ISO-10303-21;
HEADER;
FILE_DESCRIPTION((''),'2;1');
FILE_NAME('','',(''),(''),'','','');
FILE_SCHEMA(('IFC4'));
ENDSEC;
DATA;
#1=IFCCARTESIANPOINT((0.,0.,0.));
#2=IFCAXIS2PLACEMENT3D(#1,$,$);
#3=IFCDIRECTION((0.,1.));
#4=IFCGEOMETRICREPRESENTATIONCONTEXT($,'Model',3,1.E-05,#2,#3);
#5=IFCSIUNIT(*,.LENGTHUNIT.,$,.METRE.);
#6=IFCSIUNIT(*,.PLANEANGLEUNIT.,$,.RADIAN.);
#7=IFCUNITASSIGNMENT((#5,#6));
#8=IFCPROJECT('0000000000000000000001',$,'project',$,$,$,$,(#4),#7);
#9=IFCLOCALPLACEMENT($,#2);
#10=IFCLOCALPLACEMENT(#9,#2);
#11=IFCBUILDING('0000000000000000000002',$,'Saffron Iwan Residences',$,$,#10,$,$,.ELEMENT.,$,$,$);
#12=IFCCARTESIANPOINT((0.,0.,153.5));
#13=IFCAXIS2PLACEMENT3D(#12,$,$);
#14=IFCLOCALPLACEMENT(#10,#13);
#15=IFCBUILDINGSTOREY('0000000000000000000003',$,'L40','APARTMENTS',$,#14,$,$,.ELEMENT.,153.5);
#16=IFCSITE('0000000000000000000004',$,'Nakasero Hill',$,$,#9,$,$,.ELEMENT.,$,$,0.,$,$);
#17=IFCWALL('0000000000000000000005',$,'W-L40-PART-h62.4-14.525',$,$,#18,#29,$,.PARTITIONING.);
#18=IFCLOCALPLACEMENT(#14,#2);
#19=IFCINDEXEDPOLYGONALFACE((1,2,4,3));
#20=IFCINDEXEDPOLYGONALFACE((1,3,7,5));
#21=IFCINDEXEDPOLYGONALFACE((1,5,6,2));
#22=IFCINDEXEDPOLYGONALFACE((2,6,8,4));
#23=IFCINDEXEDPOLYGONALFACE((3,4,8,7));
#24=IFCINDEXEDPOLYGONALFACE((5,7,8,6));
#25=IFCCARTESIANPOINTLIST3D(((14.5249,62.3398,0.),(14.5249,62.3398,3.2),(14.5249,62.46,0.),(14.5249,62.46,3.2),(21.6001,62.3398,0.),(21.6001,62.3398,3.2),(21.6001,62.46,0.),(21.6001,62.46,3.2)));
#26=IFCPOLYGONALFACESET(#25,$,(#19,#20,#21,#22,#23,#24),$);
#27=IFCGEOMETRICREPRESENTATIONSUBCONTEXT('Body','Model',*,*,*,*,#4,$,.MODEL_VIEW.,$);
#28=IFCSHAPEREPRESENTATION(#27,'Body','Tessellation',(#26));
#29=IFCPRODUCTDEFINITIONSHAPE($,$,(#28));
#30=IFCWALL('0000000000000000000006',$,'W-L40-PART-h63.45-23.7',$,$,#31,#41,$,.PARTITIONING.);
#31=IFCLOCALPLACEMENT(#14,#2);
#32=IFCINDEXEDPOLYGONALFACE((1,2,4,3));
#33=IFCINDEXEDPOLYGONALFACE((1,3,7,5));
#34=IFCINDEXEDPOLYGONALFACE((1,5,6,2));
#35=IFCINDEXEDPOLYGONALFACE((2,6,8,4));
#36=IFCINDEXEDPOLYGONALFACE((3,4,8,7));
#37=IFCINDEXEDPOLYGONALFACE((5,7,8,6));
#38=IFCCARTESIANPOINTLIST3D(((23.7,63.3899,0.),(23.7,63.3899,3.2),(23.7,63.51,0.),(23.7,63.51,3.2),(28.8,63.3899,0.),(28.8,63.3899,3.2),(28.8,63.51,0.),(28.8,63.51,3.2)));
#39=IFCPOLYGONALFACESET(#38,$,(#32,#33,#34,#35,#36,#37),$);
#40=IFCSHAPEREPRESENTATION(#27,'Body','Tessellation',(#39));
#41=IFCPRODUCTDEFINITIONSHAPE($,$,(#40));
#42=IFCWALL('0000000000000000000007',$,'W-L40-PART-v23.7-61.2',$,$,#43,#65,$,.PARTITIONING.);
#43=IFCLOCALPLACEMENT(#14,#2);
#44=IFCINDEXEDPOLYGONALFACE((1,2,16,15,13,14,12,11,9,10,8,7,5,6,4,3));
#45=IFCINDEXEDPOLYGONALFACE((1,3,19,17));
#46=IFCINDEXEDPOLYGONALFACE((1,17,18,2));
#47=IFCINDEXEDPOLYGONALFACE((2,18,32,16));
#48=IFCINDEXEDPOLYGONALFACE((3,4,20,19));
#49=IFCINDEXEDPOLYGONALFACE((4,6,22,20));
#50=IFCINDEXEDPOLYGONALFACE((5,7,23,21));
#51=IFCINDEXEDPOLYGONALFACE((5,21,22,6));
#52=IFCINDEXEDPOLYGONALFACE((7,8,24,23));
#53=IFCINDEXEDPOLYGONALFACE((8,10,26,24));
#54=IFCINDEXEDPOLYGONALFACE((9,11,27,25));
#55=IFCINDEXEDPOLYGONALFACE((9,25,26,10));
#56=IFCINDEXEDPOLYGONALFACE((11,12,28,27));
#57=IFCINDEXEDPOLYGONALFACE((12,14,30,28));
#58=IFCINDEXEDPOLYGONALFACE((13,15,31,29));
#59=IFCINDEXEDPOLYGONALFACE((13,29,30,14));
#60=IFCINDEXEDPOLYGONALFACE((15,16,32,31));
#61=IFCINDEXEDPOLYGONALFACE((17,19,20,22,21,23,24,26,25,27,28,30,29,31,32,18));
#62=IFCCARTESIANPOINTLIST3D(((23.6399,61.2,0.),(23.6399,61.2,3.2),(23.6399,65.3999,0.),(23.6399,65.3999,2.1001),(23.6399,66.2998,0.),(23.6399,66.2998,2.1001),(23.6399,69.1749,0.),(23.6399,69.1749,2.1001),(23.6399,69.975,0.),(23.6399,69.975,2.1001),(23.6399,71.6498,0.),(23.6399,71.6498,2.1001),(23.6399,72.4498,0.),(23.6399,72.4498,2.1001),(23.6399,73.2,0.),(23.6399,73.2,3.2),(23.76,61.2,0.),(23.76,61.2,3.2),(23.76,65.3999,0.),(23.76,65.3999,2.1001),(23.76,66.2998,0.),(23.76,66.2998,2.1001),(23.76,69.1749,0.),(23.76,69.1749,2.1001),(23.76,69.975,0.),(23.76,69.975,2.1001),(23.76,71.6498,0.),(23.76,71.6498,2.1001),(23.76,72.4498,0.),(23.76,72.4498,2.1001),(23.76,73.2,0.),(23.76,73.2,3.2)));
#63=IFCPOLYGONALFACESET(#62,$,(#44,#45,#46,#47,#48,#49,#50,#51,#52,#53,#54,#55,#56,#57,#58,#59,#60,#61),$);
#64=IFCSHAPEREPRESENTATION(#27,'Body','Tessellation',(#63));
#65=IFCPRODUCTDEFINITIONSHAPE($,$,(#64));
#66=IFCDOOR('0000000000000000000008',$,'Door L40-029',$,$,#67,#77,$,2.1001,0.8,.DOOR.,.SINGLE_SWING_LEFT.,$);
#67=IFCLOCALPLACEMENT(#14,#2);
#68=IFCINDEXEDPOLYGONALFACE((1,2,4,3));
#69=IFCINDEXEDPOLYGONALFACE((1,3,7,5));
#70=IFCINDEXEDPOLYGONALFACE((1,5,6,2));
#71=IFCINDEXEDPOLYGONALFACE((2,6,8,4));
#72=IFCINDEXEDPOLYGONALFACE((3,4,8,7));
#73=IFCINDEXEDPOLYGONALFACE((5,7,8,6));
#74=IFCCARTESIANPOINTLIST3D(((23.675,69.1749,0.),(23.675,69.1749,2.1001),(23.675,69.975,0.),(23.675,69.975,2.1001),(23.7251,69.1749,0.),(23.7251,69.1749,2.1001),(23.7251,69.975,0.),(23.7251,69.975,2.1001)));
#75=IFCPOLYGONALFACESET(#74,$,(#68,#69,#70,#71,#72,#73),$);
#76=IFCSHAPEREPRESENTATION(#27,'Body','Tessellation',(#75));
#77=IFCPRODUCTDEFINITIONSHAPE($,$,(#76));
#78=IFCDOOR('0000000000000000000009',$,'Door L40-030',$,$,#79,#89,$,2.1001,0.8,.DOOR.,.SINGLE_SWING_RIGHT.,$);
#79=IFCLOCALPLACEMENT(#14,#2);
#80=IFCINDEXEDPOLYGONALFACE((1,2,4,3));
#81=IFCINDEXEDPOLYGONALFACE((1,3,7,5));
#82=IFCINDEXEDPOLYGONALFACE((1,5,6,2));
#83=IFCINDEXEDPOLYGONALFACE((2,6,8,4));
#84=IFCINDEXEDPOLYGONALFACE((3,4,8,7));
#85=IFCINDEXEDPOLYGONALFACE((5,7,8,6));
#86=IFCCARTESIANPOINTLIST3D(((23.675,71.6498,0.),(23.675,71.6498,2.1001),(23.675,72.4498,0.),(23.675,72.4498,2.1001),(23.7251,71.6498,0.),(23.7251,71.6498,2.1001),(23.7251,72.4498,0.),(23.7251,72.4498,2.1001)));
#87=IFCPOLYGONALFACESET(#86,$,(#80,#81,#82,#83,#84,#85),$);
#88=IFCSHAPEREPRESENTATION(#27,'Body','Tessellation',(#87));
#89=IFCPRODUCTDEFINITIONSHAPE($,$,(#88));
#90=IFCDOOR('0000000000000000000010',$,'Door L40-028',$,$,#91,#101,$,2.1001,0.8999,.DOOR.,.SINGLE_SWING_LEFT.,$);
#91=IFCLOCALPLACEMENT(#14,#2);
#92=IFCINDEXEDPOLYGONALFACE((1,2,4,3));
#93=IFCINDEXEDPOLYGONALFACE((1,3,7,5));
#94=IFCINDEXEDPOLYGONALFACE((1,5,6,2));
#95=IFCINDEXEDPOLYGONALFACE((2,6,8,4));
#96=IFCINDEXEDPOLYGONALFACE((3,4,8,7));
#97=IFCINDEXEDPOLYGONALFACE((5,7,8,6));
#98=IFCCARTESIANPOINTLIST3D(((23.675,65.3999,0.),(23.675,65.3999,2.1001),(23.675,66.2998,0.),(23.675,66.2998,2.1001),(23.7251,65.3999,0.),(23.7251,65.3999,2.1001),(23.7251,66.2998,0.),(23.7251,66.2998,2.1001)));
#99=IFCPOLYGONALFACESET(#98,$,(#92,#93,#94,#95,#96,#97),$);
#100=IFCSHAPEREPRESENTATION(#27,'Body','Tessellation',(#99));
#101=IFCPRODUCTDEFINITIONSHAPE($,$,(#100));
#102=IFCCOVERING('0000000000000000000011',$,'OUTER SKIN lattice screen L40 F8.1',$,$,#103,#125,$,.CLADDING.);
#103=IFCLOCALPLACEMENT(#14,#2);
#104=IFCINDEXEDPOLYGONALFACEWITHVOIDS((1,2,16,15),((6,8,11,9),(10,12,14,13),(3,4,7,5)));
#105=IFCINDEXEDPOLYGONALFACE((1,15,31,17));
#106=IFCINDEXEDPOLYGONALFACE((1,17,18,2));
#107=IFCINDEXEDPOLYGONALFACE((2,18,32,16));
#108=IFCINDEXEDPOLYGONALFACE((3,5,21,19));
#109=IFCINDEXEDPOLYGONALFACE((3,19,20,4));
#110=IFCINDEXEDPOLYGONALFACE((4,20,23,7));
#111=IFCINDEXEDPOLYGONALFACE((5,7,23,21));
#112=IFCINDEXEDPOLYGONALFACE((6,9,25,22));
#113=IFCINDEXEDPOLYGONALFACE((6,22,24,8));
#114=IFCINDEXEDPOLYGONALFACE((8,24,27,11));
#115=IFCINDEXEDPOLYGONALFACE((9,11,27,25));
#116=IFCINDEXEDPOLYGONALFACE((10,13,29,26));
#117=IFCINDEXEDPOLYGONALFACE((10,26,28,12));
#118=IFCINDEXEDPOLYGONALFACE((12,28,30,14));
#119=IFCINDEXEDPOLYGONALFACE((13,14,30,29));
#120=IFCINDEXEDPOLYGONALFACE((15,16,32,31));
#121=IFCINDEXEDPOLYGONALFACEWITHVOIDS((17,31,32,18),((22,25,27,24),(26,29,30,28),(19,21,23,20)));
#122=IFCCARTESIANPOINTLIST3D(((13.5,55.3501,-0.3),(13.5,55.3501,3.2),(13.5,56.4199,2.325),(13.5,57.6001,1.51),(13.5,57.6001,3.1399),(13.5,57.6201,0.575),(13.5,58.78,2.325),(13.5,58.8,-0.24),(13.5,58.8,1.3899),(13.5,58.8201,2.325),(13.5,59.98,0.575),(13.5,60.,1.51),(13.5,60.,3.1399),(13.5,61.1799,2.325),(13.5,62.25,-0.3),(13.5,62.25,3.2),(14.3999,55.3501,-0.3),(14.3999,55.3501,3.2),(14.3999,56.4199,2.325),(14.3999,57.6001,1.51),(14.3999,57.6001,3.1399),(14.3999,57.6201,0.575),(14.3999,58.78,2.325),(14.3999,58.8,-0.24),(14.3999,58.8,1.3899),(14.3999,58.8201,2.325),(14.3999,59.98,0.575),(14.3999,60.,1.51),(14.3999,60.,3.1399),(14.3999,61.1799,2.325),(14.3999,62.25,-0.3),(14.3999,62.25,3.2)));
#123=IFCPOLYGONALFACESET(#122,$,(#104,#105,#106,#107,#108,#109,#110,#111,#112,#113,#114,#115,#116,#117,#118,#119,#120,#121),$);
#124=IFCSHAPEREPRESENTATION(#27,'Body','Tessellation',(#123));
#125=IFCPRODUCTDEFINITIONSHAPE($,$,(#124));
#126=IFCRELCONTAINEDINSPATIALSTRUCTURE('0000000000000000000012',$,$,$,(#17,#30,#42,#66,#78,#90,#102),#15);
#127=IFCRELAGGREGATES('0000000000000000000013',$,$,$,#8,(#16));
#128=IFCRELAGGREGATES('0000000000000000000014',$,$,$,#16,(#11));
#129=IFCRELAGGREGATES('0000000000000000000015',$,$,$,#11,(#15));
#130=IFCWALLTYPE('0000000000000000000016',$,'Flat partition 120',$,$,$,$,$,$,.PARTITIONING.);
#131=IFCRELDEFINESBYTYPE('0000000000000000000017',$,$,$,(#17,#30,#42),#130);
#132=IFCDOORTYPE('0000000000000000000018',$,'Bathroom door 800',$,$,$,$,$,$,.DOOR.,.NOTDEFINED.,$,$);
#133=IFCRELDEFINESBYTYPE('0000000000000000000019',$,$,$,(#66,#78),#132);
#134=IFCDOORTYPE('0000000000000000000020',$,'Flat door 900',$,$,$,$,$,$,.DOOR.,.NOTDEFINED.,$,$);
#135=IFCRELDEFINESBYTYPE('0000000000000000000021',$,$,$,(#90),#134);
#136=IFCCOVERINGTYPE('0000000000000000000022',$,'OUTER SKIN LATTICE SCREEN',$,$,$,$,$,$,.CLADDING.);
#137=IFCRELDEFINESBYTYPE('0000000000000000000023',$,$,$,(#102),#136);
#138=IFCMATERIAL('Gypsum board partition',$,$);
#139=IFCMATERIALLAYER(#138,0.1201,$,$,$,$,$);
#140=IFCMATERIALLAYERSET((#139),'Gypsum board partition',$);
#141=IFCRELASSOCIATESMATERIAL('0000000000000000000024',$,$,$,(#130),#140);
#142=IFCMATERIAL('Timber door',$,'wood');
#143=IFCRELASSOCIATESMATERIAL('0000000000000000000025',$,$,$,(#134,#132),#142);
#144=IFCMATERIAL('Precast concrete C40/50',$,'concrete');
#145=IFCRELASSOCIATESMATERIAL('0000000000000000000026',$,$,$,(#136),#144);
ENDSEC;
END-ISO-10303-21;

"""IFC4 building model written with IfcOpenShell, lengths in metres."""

from ifc_helpers import new_model, si_unit, direction, frame, frame_2d, origin, place, context, subcontext, project, spatial, polyline, rectangle, outline, extrude, material, layer, layer_set, type_object, element, fill, save


model = new_model("IFC4")

# Units and contexts
model_context = context("Model", 3, precision=1e-05, world=origin(), true_north=direction((0.0, 1.0)))
body_context = subcontext(model_context, "Body", "Model", "MODEL_VIEW")
ifc_project = project(units=[si_unit("LENGTHUNIT", "METRE"), si_unit("PLANEANGLEUNIT", "RADIAN")], contexts=[model_context])

# Site, building, storey
site_placement = place(None, origin())
site = spatial("IfcSite", under=ifc_project, at=site_placement, Name="Nakasero Hill", CompositionType="ELEMENT", RefElevation=0.0)
building_placement = place(site_placement, origin())
building = spatial("IfcBuilding", under=site, at=building_placement, Name="Saffron Iwan Residences", CompositionType="ELEMENT")
storey_placement = place(building_placement, frame((0.0, 0.0, 153.5)))
storey = spatial("IfcBuildingStorey", under=building, at=storey_placement, Name="L40", Description="APARTMENTS", CompositionType="ELEMENT", Elevation=153.5)

# Shared definitions
ifc_material_1 = material(Name="Gypsum board partition")
ifc_layer_1 = layer(ifc_material_1, 0.1201)
ifc_layer_set_1 = layer_set([ifc_layer_1], Name="Gypsum board partition")
wall_type_1 = type_object("IfcWallType", Name="Flat partition 120", PredefinedType="PARTITIONING", material=ifc_layer_set_1)
ifc_material_2 = material(Name="Timber door", Category="wood")
door_type_1 = type_object("IfcDoorType", Name="Flat door 900", OperationType="NOTDEFINED", PredefinedType="DOOR", material=ifc_material_2)

# Walls
wall_1_placement = place(storey_placement, frame((14.5249, 62.3999, 0.0), z_axis=(0.0, 0.0, 1.0), x_axis=(1.0, 0.0, 0.0)))
element("IfcWall", 1, at=wall_1_placement, inside=storey, type_object=wall_type_1, Name="W-L40-PART-h62.4-14.525", PredefinedType="PARTITIONING", context=body_context, shape_type="SweptSolid", body=[
    extrude(rectangle(XDim=7.0752, YDim=0.1201, at=frame_2d((3.5376, 0.0))), origin(), (0.0, 0.0, 1.0), 3.2),
])
wall_2_placement = place(storey_placement, frame((23.7, 63.45, 0.0), z_axis=(0.0, 0.0, 1.0), x_axis=(1.0, 0.0, 0.0)))
element("IfcWall", 2, at=wall_2_placement, inside=storey, type_object=wall_type_1, Name="W-L40-PART-h63.45-23.7", PredefinedType="PARTITIONING", context=body_context, shape_type="SweptSolid", body=[
    extrude(rectangle(XDim=5.1001, YDim=0.1201, at=frame_2d((2.55, 0.0))), origin(), (0.0, 0.0, 1.0), 3.2),
])

# Wall, openings, doors
wall_3_placement = place(storey_placement, frame((23.7, 61.2, 0.0), z_axis=(0.0, 0.0, 1.0), x_axis=(0.0, 1.0, 0.0)))
wall_3 = element("IfcWall", 3, at=wall_3_placement, inside=storey, type_object=wall_type_1, Name="W-L40-PART-v23.7-61.2", PredefinedType="PARTITIONING", context=body_context, shape_type="SweptSolid", body=[
    extrude(rectangle(XDim=12.0, YDim=0.1201, at=frame_2d((6.0, 0.0))), origin(), (0.0, 0.0, 1.0), 3.2),
])
opening_1_placement = place(wall_3_placement, frame((4.2, 0.0, 0.0)))
opening_1 = element("IfcOpeningElement", 4, at=opening_1_placement, cuts=wall_3, PredefinedType="OPENING", context=body_context, shape_type="SweptSolid", body=[
    extrude(rectangle(XDim=0.8999, YDim=2.1001, at=frame_2d((0.45, 1.05))), frame((0.0, 0.0701, 0.0), z_axis=(0.0, -1.0, 0.0), x_axis=(1.0, 0.0, 0.0)), (0.0, 0.0, 1.0), 0.1401),
])
opening_2_placement = place(wall_3_placement, frame((7.9751, 0.0, 0.0)))
opening_2 = element("IfcOpeningElement", 5, at=opening_2_placement, cuts=wall_3, PredefinedType="OPENING", context=body_context, shape_type="SweptSolid", body=[
    extrude(rectangle(XDim=0.8, YDim=2.1001, at=frame_2d((0.3999, 1.05))), frame((0.0, 0.0701, 0.0), z_axis=(0.0, -1.0, 0.0), x_axis=(1.0, 0.0, 0.0)), (0.0, 0.0, 1.0), 0.1401),
])
opening_3_placement = place(wall_3_placement, frame((10.45, 0.0, 0.0)))
opening_3 = element("IfcOpeningElement", 6, at=opening_3_placement, cuts=wall_3, PredefinedType="OPENING", context=body_context, shape_type="SweptSolid", body=[
    extrude(rectangle(XDim=0.8, YDim=2.1001, at=frame_2d((0.3999, 1.05))), frame((0.0, 0.0701, 0.0), z_axis=(0.0, -1.0, 0.0), x_axis=(1.0, 0.0, 0.0)), (0.0, 0.0, 1.0), 0.1401),
])
door_type_2 = type_object("IfcDoorType", Name="Bathroom door 800", OperationType="NOTDEFINED", PredefinedType="DOOR", material=ifc_material_2)
door_1_placement = place(opening_2_placement, origin())
door_1 = element("IfcDoor", 7, at=door_1_placement, inside=storey, type_object=door_type_2, Name="Door L40-029", OperationType="SINGLE_SWING_LEFT", OverallHeight=2.1001, OverallWidth=0.8, PredefinedType="DOOR", context=body_context, shape_type="SweptSolid", body=[
    extrude(rectangle(XDim=0.8, YDim=2.1001, at=frame_2d((0.3999, 1.05))), frame((0.0, 0.0249, 0.0), z_axis=(0.0, -1.0, 0.0), x_axis=(1.0, 0.0, 0.0)), (0.0, 0.0, 1.0), 0.05),
])
fill(opening_2, door_1)
door_2_placement = place(opening_3_placement, origin())
door_2 = element("IfcDoor", 8, at=door_2_placement, inside=storey, type_object=door_type_2, Name="Door L40-030", OperationType="SINGLE_SWING_RIGHT", OverallHeight=2.1001, OverallWidth=0.8, PredefinedType="DOOR", context=body_context, shape_type="SweptSolid", body=[
    extrude(rectangle(XDim=0.8, YDim=2.1001, at=frame_2d((0.3999, 1.05))), frame((0.0, 0.0249, 0.0), z_axis=(0.0, -1.0, 0.0), x_axis=(1.0, 0.0, 0.0)), (0.0, 0.0, 1.0), 0.05),
])
fill(opening_3, door_2)
door_3_placement = place(opening_1_placement, origin())
door_3 = element("IfcDoor", 9, at=door_3_placement, inside=storey, type_object=door_type_1, Name="Door L40-028", OperationType="SINGLE_SWING_LEFT", OverallHeight=2.1001, OverallWidth=0.8999, PredefinedType="DOOR", context=body_context, shape_type="SweptSolid", body=[
    extrude(rectangle(XDim=0.8999, YDim=2.1001, at=frame_2d((0.45, 1.05))), frame((0.0, 0.0249, 0.0), z_axis=(0.0, -1.0, 0.0), x_axis=(1.0, 0.0, 0.0)), (0.0, 0.0, 1.0), 0.05),
])
fill(opening_1, door_3)

# Covering
ifc_material_3 = material(Name="Precast concrete C40/50", Category="concrete")
covering_type = type_object("IfcCoveringType", Name="OUTER SKIN LATTICE SCREEN", PredefinedType="CLADDING", material=ifc_material_3)
covering_placement = place(storey_placement, frame((14.3999, 62.25, -0.3), z_axis=(-1.0, 0.0, 0.0), x_axis=(0.0, -1.0, 0.0)))
element("IfcCovering", 10, at=covering_placement, inside=storey, type_object=covering_type, Name="OUTER SKIN lattice screen L40 F8.1", PredefinedType="CLADDING", context=body_context, shape_type="SweptSolid", body=[
    extrude(outline(polyline([(0.0, 0.0), (6.8999, 0.0), (6.8999, 3.5), (0.0, 3.5), (0.0, 0.0)]), holes=[polyline([(2.27, 0.875), (3.45, 0.0601), (4.6299, 0.875), (3.45, 1.6899), (2.27, 0.875)]), polyline([(1.0701, 2.625), (2.25, 1.8101), (3.4299, 2.625), (2.25, 3.4399), (1.0701, 2.625)]), polyline([(3.47, 2.625), (4.6499, 1.8101), (5.8301, 2.625), (4.6499, 3.4399), (3.47, 2.625)])]), origin(), (0.0, 0.0, 1.0), 0.8999),
])

save(model, "model.ifc")
